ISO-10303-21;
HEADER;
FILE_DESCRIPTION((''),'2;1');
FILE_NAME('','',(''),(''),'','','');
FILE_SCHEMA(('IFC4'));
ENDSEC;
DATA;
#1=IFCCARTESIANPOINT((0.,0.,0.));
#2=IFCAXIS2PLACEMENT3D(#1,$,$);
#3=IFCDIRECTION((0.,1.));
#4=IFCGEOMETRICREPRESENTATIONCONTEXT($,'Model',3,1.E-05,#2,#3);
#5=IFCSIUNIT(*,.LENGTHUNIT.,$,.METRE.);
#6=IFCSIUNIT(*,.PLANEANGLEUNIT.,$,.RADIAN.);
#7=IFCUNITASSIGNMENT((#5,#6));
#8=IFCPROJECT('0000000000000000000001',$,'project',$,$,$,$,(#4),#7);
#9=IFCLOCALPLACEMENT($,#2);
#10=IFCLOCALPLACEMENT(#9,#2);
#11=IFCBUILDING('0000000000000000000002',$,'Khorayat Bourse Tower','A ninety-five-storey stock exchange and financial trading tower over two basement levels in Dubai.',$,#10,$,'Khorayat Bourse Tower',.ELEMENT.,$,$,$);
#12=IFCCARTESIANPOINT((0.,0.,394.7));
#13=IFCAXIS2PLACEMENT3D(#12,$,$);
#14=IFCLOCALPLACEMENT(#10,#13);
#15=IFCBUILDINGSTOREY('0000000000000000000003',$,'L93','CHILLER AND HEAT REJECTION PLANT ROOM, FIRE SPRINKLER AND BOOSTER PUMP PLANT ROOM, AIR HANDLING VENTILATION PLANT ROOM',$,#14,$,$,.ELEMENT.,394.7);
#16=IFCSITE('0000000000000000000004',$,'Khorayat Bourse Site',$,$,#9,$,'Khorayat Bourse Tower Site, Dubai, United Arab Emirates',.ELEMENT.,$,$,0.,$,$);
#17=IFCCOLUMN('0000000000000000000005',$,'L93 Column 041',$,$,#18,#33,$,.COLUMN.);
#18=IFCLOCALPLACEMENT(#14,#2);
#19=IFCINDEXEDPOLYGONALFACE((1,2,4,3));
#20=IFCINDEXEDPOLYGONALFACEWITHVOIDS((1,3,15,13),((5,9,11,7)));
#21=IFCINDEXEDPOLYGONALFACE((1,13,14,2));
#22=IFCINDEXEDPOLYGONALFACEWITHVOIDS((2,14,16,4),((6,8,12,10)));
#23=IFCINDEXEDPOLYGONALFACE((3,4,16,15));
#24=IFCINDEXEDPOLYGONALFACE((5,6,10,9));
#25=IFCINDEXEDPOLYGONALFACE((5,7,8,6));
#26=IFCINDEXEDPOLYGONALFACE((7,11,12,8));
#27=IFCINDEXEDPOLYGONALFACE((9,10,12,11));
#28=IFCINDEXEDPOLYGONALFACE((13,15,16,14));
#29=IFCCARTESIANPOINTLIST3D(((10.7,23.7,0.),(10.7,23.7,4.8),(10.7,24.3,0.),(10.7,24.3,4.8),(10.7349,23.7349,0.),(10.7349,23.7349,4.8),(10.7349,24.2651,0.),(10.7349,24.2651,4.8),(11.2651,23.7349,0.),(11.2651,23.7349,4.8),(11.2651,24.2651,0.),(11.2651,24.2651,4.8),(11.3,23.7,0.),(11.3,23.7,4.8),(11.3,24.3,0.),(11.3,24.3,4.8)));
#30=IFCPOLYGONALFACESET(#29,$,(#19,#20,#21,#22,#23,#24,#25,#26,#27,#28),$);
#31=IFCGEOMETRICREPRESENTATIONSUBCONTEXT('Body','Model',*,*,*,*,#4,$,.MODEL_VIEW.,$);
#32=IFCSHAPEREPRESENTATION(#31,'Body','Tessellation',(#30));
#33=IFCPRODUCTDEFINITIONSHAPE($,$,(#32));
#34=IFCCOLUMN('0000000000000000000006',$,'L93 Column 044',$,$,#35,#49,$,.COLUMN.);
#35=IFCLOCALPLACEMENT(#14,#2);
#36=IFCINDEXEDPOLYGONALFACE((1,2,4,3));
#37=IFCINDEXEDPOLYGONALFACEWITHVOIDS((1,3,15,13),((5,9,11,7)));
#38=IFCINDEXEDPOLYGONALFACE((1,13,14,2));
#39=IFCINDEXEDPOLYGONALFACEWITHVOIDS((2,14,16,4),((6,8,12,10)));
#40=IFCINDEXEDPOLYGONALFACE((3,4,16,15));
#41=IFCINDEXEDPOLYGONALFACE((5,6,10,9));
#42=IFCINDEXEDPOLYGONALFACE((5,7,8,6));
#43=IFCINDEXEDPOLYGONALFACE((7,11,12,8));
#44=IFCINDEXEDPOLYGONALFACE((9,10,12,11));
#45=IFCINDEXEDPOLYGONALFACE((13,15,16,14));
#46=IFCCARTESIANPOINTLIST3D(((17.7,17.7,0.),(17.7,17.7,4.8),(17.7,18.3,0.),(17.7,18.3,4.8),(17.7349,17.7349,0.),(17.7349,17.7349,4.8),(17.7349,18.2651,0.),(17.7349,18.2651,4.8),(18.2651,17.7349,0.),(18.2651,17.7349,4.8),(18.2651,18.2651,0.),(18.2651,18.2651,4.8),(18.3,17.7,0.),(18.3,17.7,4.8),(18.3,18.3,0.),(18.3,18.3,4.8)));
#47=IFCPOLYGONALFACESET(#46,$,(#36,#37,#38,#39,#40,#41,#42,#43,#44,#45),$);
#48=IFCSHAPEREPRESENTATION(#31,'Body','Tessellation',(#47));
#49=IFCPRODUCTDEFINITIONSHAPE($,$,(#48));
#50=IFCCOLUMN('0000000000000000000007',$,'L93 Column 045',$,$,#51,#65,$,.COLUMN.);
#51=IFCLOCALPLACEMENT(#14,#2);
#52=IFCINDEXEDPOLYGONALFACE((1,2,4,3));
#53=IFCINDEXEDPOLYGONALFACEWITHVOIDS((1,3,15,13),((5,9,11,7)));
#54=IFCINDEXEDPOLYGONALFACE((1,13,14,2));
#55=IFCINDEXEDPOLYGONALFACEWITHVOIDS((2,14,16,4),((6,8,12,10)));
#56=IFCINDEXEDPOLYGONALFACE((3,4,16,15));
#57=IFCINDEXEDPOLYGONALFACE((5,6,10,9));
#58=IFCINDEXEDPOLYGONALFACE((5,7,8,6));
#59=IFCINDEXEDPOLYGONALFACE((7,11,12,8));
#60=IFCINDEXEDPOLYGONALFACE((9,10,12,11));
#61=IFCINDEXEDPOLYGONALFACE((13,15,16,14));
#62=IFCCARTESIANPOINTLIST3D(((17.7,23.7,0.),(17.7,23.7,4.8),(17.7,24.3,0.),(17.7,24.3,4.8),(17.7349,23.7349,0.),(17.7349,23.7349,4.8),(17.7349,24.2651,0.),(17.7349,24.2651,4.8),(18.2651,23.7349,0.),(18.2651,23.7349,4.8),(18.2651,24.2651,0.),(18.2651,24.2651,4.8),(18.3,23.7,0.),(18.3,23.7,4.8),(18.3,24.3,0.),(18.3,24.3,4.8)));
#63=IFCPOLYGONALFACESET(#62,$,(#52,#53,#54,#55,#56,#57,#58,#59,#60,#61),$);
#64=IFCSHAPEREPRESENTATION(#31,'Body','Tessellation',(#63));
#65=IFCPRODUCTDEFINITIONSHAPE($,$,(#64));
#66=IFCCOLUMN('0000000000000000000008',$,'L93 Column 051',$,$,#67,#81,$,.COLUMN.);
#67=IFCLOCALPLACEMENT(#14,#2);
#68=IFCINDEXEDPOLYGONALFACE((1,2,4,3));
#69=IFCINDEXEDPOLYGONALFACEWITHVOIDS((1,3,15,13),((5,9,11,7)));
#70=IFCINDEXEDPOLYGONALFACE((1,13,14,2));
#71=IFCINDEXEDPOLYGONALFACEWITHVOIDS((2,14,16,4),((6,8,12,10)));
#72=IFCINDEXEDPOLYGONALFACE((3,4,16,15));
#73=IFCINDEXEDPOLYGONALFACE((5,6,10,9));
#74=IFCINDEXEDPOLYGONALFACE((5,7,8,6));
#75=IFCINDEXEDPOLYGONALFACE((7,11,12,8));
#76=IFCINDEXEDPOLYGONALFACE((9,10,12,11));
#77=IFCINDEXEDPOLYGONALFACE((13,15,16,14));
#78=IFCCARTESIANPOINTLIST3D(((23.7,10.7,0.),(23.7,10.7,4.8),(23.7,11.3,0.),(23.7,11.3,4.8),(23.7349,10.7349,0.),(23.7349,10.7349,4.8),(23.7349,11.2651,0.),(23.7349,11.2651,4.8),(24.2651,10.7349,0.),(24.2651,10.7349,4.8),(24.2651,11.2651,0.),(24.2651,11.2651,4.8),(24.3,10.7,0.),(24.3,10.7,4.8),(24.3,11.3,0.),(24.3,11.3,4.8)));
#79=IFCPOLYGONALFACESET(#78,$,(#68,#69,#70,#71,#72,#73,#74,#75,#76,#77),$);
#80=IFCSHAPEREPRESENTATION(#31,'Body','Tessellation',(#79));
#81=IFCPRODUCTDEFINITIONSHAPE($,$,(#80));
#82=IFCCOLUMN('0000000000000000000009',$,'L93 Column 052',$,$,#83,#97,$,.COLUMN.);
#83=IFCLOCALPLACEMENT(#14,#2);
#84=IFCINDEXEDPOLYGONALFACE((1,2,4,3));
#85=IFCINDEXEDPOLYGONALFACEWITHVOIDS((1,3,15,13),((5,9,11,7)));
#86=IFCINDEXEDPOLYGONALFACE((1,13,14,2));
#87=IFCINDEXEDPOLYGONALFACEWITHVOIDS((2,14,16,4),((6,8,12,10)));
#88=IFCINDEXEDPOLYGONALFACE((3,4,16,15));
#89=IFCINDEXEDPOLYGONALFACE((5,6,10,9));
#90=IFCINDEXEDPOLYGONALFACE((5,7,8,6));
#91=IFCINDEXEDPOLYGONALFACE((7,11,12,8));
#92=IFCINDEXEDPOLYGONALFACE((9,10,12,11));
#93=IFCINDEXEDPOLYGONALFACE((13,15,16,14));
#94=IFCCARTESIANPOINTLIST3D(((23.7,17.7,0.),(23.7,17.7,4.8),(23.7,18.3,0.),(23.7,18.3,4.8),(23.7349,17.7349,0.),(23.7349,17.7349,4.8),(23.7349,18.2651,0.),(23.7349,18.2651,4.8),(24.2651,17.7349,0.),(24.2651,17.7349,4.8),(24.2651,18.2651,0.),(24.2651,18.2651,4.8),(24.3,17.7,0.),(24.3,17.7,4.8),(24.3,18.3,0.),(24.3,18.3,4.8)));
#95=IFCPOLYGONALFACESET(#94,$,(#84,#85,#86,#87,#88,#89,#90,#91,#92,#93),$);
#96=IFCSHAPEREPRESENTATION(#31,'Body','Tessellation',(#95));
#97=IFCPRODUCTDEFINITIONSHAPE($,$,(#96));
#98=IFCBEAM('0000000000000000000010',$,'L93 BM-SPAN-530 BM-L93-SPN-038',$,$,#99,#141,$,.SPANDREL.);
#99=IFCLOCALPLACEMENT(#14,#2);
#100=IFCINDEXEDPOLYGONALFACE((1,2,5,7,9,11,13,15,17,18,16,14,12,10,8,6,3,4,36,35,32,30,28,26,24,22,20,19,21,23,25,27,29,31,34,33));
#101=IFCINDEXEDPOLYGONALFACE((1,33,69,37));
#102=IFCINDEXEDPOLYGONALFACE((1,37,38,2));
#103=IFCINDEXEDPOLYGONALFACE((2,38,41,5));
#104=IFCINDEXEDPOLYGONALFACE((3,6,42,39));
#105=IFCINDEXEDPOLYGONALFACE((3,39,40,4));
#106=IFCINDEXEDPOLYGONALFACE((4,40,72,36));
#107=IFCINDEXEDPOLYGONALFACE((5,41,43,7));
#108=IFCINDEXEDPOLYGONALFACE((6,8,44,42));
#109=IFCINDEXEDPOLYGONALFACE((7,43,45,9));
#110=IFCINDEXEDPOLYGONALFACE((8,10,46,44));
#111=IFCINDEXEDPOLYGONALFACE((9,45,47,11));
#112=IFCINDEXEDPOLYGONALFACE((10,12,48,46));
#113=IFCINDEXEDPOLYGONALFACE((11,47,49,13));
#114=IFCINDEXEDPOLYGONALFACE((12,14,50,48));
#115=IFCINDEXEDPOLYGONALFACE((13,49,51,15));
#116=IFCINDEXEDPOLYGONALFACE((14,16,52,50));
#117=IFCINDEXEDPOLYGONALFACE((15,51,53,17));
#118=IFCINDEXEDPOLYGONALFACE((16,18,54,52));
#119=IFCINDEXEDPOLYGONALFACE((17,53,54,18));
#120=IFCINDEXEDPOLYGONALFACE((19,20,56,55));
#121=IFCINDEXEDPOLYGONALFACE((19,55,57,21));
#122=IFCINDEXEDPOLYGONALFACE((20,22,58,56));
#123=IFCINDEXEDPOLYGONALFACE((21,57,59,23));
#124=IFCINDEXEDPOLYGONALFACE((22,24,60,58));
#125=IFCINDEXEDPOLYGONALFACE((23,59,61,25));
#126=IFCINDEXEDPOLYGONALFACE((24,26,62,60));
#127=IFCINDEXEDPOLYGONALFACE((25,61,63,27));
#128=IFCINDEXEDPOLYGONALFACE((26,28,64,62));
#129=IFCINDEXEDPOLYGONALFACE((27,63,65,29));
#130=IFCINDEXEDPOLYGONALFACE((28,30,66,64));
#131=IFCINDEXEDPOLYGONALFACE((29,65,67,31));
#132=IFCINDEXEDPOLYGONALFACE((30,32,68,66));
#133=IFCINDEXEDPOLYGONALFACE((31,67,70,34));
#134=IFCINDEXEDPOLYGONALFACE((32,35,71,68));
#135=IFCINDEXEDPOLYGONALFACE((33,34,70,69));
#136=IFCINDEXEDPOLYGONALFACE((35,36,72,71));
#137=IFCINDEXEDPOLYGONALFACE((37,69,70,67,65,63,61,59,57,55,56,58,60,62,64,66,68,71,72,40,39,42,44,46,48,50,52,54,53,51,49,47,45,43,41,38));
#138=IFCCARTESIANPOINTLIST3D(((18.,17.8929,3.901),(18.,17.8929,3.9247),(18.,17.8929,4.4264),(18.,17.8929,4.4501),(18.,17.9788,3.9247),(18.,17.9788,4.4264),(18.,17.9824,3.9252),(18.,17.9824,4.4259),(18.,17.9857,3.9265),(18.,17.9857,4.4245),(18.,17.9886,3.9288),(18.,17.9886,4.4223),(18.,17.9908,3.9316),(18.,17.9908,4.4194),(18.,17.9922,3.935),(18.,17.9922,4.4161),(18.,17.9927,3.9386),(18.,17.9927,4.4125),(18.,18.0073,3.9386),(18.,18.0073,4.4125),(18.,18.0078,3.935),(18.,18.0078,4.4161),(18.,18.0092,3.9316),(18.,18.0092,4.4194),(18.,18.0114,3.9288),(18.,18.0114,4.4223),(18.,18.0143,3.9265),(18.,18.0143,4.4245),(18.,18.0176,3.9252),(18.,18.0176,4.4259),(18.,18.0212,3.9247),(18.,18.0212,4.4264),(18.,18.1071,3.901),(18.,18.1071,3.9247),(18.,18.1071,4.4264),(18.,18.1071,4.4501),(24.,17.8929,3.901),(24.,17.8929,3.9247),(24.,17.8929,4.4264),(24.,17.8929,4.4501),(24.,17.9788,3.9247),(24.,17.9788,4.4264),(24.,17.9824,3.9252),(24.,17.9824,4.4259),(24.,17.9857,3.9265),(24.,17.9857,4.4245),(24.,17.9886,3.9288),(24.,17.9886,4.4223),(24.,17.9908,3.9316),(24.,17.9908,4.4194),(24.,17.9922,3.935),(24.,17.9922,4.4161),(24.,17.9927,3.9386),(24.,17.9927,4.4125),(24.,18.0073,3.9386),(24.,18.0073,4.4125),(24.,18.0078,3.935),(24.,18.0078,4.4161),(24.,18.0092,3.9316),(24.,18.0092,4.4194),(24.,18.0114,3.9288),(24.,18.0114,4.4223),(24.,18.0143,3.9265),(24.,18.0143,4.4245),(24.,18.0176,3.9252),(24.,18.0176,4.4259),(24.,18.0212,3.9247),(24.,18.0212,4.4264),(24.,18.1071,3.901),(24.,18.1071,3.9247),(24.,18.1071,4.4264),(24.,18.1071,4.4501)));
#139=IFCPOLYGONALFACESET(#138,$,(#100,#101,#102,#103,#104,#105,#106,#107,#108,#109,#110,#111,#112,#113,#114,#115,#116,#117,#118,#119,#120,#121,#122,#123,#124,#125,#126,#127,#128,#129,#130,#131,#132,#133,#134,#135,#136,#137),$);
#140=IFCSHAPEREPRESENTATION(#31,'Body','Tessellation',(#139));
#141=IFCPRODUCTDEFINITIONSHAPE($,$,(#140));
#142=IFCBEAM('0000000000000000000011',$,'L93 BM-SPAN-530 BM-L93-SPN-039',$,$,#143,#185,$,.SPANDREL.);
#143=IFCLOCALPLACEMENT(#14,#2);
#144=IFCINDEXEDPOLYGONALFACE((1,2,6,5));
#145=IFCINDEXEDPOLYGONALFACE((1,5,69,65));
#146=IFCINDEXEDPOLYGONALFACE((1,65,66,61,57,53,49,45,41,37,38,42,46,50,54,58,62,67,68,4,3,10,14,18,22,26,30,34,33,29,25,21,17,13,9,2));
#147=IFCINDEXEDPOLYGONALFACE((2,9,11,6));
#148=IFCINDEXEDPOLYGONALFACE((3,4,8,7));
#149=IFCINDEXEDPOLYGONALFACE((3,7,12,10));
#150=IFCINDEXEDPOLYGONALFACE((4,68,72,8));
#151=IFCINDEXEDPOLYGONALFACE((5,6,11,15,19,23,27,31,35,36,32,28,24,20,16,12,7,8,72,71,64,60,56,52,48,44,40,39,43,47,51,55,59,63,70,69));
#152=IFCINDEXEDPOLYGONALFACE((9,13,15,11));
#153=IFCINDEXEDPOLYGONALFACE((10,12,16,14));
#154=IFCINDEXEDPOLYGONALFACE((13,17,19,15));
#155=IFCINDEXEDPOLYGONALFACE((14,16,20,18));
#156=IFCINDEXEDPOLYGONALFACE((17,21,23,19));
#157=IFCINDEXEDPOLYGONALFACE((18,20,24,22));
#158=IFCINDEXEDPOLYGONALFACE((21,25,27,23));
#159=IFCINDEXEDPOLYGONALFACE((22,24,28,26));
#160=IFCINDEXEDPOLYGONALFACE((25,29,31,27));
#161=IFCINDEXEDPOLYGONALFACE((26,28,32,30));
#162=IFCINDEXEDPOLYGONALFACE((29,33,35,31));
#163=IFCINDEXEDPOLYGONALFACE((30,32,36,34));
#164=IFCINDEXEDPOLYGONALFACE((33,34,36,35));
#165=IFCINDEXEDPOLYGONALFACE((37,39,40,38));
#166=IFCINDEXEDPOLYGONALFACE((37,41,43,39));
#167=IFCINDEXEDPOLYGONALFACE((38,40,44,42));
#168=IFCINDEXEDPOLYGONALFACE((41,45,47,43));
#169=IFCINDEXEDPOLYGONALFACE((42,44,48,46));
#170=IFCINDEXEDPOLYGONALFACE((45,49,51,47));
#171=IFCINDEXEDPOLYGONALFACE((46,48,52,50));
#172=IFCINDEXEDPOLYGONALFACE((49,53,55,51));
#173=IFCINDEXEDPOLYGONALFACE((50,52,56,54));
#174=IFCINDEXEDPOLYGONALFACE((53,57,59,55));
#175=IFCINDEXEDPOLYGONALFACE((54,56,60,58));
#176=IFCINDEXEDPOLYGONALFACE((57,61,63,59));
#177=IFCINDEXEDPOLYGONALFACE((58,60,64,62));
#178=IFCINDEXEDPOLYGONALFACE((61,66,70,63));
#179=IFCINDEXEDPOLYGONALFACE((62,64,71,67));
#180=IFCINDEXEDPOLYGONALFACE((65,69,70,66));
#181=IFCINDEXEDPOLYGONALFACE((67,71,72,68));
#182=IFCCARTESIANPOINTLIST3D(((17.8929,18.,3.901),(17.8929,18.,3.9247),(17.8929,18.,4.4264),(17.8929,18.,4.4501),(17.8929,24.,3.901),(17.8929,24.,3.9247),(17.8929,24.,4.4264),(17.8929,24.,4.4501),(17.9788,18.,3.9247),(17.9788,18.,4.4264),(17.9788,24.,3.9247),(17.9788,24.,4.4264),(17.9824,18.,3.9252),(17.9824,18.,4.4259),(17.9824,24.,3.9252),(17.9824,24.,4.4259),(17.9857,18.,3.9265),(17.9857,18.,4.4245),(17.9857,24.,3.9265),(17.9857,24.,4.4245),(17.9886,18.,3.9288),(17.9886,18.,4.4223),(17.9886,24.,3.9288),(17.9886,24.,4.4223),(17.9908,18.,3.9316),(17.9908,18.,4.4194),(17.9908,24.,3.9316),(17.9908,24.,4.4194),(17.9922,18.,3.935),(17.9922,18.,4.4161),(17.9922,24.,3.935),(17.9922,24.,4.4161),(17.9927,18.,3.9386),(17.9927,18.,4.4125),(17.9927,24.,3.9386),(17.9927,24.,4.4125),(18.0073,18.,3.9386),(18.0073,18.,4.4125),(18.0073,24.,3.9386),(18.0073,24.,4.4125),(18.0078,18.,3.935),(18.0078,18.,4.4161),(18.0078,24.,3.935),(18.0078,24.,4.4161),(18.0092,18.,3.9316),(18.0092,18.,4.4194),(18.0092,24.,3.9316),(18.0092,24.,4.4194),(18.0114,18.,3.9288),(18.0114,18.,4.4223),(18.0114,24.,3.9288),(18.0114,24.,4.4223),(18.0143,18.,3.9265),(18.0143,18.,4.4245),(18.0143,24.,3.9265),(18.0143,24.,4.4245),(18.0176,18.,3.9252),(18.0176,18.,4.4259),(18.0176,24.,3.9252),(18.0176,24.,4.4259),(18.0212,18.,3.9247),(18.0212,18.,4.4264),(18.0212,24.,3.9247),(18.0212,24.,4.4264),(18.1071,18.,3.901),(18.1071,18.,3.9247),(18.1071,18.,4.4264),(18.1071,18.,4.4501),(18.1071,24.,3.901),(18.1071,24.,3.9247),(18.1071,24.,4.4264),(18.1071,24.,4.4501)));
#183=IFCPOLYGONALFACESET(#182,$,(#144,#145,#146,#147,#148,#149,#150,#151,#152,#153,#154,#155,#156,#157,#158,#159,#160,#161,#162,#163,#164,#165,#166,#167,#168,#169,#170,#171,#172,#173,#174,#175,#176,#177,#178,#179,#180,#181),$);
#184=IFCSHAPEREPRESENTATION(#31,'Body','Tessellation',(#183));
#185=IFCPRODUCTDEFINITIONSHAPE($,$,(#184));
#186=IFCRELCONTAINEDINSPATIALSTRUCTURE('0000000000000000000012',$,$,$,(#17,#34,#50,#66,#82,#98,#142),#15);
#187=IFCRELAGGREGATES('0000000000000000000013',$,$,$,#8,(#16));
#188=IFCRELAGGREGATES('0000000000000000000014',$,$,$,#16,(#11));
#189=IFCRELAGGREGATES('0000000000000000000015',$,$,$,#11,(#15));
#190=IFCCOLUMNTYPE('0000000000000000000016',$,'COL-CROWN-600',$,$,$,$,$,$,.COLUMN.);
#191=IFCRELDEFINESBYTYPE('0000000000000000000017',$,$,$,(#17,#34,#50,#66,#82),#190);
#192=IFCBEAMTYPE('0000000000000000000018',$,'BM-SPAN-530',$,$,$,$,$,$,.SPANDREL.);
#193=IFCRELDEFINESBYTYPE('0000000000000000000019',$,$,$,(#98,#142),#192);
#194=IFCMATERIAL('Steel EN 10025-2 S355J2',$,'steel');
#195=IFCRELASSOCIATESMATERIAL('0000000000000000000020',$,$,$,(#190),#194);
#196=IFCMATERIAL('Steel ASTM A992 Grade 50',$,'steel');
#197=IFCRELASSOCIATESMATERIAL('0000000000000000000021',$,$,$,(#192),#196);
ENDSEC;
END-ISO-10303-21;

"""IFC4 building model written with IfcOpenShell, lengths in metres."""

from ifc_helpers import new_model, si_unit, direction, frame, origin, origin_2d, place, context, subcontext, project, spatial, hollow_rectangle, i_section, extrude, source, transform, mapped, material, material_profile, profile_set, type_object, element, save


model = new_model("IFC4")

# Units and contexts
model_context = context("Model", 3, precision=1e-05, world=origin(), true_north=direction((0.0, 1.0)))
body_context = subcontext(model_context, "Body", "Model", "MODEL_VIEW")
ifc_project = project(units=[si_unit("LENGTHUNIT", "METRE"), si_unit("PLANEANGLEUNIT", "RADIAN")], contexts=[model_context])

# Site, building, storey
site_placement = place(None, origin())
site = spatial("IfcSite", under=ifc_project, at=site_placement, Name="Khorayat Bourse Site", LongName="Khorayat Bourse Tower Site, Dubai, United Arab Emirates", CompositionType="ELEMENT", RefElevation=0.0)
building_placement = place(site_placement, origin())
building = spatial("IfcBuilding", under=site, at=building_placement, Name="Khorayat Bourse Tower", Description="A ninety-five-storey stock exchange and financial trading tower over two basement levels in Dubai.", LongName="Khorayat Bourse Tower", CompositionType="ELEMENT")
storey_placement = place(building_placement, frame((0.0, 0.0, 394.7)))
storey = spatial("IfcBuildingStorey", under=building, at=storey_placement, Name="L93", Description="CHILLER AND HEAT REJECTION PLANT ROOM, FIRE SPRINKLER AND BOOSTER PUMP PLANT ROOM, AIR HANDLING VENTILATION PLANT ROOM", CompositionType="ELEMENT", Elevation=394.7)

# Columns
ifc_material_1 = material(Name="Steel EN 10025-2 S355J2", Category="steel")
ifc_material_profile_1 = material_profile(ifc_material_1, hollow_rectangle(XDim=0.6001, YDim=0.6001, WallThickness=0.0349, at=origin_2d()), Name="BOX 600x600x35")
ifc_profile_set_1 = profile_set([ifc_material_profile_1], Name="Steel EN 10025-2 S355J2")
column_type = type_object("IfcColumnType", Name="COL-CROWN-600", PredefinedType="COLUMN", material=ifc_profile_set_1)
shared_shape_1 = source(origin(), body_context, "Body", "SweptSolid", [
    extrude(hollow_rectangle(XDim=0.6001, YDim=0.6001, WallThickness=0.0349, at=origin_2d()), origin(), (0.0, 0.0, 1.0), 4.8),
])
for number, where, z_axis, x_axis, name in (
    (1, (11.0, 24.0, 0.0), (0.0, 0.0, 1.0), (1.0, 0.0, 0.0), "L93 Column 041"),
    (2, (18.0, 18.0, 0.0), (0.0, 0.0, 1.0), (1.0, 0.0, 0.0), "L93 Column 044"),
    (3, (18.0, 24.0, 0.0), (0.0, 0.0, 1.0), (1.0, 0.0, 0.0), "L93 Column 045"),
    (4, (24.0, 11.0, 0.0), (0.0, 0.0, 1.0), (1.0, 0.0, 0.0), "L93 Column 051"),
    (5, (24.0, 18.0, 0.0), (0.0, 0.0, 1.0), (1.0, 0.0, 0.0), "L93 Column 052"),
):
    element("IfcColumn", number, at=place(storey_placement, frame(where, z_axis=z_axis, x_axis=x_axis)), inside=storey, type_object=column_type, Name=name, PredefinedType="COLUMN", context=body_context, shape_type="MappedRepresentation", body=[
        mapped(shared_shape_1, transform((0.0, 0.0, 0.0), scale=1.0)),
    ])

# Beams
ifc_material_2 = material(Name="Steel ASTM A992 Grade 50", Category="steel")
ifc_material_profile_2 = material_profile(ifc_material_2, i_section(OverallWidth=0.2141, OverallDepth=0.5491, WebThickness=0.0146, FlangeThickness=0.0237, FilletRadius=0.0139, at=origin_2d()), Name="W530X138")
ifc_profile_set_2 = profile_set([ifc_material_profile_2], Name="Steel ASTM A992 Grade 50")
beam_type_1 = type_object("IfcBeamType", Name="BM-SPAN-530", PredefinedType="SPANDREL", material=ifc_profile_set_2)
shared_shape_2 = source(origin(), body_context, "Body", "SweptSolid", [
    extrude(i_section(OverallWidth=0.2141, OverallDepth=0.5491, WebThickness=0.0146, FlangeThickness=0.0237, FilletRadius=0.0139, at=origin_2d()), origin(), (0.0, 0.0, 1.0), 6.0),
])
for number, where, z_axis, x_axis, name in (
    (6, (18.0, 18.0, 4.1755), (1.0, 0.0, 0.0), (0.0, 1.0, 0.0), "L93 BM-SPAN-530 BM-L93-SPN-038"),
    (7, (18.0, 18.0, 4.1755), (0.0, 1.0, 0.0), (-1.0, 0.0, 0.0), "L93 BM-SPAN-530 BM-L93-SPN-039"),
):
    element("IfcBeam", number, at=place(storey_placement, frame(where, z_axis=z_axis, x_axis=x_axis)), inside=storey, type_object=beam_type_1, Name=name, PredefinedType="SPANDREL", context=body_context, shape_type="MappedRepresentation", body=[
        mapped(shared_shape_2, transform((0.0, 0.0, 0.0), scale=1.0)),
    ])

save(model, "model.ifc")
